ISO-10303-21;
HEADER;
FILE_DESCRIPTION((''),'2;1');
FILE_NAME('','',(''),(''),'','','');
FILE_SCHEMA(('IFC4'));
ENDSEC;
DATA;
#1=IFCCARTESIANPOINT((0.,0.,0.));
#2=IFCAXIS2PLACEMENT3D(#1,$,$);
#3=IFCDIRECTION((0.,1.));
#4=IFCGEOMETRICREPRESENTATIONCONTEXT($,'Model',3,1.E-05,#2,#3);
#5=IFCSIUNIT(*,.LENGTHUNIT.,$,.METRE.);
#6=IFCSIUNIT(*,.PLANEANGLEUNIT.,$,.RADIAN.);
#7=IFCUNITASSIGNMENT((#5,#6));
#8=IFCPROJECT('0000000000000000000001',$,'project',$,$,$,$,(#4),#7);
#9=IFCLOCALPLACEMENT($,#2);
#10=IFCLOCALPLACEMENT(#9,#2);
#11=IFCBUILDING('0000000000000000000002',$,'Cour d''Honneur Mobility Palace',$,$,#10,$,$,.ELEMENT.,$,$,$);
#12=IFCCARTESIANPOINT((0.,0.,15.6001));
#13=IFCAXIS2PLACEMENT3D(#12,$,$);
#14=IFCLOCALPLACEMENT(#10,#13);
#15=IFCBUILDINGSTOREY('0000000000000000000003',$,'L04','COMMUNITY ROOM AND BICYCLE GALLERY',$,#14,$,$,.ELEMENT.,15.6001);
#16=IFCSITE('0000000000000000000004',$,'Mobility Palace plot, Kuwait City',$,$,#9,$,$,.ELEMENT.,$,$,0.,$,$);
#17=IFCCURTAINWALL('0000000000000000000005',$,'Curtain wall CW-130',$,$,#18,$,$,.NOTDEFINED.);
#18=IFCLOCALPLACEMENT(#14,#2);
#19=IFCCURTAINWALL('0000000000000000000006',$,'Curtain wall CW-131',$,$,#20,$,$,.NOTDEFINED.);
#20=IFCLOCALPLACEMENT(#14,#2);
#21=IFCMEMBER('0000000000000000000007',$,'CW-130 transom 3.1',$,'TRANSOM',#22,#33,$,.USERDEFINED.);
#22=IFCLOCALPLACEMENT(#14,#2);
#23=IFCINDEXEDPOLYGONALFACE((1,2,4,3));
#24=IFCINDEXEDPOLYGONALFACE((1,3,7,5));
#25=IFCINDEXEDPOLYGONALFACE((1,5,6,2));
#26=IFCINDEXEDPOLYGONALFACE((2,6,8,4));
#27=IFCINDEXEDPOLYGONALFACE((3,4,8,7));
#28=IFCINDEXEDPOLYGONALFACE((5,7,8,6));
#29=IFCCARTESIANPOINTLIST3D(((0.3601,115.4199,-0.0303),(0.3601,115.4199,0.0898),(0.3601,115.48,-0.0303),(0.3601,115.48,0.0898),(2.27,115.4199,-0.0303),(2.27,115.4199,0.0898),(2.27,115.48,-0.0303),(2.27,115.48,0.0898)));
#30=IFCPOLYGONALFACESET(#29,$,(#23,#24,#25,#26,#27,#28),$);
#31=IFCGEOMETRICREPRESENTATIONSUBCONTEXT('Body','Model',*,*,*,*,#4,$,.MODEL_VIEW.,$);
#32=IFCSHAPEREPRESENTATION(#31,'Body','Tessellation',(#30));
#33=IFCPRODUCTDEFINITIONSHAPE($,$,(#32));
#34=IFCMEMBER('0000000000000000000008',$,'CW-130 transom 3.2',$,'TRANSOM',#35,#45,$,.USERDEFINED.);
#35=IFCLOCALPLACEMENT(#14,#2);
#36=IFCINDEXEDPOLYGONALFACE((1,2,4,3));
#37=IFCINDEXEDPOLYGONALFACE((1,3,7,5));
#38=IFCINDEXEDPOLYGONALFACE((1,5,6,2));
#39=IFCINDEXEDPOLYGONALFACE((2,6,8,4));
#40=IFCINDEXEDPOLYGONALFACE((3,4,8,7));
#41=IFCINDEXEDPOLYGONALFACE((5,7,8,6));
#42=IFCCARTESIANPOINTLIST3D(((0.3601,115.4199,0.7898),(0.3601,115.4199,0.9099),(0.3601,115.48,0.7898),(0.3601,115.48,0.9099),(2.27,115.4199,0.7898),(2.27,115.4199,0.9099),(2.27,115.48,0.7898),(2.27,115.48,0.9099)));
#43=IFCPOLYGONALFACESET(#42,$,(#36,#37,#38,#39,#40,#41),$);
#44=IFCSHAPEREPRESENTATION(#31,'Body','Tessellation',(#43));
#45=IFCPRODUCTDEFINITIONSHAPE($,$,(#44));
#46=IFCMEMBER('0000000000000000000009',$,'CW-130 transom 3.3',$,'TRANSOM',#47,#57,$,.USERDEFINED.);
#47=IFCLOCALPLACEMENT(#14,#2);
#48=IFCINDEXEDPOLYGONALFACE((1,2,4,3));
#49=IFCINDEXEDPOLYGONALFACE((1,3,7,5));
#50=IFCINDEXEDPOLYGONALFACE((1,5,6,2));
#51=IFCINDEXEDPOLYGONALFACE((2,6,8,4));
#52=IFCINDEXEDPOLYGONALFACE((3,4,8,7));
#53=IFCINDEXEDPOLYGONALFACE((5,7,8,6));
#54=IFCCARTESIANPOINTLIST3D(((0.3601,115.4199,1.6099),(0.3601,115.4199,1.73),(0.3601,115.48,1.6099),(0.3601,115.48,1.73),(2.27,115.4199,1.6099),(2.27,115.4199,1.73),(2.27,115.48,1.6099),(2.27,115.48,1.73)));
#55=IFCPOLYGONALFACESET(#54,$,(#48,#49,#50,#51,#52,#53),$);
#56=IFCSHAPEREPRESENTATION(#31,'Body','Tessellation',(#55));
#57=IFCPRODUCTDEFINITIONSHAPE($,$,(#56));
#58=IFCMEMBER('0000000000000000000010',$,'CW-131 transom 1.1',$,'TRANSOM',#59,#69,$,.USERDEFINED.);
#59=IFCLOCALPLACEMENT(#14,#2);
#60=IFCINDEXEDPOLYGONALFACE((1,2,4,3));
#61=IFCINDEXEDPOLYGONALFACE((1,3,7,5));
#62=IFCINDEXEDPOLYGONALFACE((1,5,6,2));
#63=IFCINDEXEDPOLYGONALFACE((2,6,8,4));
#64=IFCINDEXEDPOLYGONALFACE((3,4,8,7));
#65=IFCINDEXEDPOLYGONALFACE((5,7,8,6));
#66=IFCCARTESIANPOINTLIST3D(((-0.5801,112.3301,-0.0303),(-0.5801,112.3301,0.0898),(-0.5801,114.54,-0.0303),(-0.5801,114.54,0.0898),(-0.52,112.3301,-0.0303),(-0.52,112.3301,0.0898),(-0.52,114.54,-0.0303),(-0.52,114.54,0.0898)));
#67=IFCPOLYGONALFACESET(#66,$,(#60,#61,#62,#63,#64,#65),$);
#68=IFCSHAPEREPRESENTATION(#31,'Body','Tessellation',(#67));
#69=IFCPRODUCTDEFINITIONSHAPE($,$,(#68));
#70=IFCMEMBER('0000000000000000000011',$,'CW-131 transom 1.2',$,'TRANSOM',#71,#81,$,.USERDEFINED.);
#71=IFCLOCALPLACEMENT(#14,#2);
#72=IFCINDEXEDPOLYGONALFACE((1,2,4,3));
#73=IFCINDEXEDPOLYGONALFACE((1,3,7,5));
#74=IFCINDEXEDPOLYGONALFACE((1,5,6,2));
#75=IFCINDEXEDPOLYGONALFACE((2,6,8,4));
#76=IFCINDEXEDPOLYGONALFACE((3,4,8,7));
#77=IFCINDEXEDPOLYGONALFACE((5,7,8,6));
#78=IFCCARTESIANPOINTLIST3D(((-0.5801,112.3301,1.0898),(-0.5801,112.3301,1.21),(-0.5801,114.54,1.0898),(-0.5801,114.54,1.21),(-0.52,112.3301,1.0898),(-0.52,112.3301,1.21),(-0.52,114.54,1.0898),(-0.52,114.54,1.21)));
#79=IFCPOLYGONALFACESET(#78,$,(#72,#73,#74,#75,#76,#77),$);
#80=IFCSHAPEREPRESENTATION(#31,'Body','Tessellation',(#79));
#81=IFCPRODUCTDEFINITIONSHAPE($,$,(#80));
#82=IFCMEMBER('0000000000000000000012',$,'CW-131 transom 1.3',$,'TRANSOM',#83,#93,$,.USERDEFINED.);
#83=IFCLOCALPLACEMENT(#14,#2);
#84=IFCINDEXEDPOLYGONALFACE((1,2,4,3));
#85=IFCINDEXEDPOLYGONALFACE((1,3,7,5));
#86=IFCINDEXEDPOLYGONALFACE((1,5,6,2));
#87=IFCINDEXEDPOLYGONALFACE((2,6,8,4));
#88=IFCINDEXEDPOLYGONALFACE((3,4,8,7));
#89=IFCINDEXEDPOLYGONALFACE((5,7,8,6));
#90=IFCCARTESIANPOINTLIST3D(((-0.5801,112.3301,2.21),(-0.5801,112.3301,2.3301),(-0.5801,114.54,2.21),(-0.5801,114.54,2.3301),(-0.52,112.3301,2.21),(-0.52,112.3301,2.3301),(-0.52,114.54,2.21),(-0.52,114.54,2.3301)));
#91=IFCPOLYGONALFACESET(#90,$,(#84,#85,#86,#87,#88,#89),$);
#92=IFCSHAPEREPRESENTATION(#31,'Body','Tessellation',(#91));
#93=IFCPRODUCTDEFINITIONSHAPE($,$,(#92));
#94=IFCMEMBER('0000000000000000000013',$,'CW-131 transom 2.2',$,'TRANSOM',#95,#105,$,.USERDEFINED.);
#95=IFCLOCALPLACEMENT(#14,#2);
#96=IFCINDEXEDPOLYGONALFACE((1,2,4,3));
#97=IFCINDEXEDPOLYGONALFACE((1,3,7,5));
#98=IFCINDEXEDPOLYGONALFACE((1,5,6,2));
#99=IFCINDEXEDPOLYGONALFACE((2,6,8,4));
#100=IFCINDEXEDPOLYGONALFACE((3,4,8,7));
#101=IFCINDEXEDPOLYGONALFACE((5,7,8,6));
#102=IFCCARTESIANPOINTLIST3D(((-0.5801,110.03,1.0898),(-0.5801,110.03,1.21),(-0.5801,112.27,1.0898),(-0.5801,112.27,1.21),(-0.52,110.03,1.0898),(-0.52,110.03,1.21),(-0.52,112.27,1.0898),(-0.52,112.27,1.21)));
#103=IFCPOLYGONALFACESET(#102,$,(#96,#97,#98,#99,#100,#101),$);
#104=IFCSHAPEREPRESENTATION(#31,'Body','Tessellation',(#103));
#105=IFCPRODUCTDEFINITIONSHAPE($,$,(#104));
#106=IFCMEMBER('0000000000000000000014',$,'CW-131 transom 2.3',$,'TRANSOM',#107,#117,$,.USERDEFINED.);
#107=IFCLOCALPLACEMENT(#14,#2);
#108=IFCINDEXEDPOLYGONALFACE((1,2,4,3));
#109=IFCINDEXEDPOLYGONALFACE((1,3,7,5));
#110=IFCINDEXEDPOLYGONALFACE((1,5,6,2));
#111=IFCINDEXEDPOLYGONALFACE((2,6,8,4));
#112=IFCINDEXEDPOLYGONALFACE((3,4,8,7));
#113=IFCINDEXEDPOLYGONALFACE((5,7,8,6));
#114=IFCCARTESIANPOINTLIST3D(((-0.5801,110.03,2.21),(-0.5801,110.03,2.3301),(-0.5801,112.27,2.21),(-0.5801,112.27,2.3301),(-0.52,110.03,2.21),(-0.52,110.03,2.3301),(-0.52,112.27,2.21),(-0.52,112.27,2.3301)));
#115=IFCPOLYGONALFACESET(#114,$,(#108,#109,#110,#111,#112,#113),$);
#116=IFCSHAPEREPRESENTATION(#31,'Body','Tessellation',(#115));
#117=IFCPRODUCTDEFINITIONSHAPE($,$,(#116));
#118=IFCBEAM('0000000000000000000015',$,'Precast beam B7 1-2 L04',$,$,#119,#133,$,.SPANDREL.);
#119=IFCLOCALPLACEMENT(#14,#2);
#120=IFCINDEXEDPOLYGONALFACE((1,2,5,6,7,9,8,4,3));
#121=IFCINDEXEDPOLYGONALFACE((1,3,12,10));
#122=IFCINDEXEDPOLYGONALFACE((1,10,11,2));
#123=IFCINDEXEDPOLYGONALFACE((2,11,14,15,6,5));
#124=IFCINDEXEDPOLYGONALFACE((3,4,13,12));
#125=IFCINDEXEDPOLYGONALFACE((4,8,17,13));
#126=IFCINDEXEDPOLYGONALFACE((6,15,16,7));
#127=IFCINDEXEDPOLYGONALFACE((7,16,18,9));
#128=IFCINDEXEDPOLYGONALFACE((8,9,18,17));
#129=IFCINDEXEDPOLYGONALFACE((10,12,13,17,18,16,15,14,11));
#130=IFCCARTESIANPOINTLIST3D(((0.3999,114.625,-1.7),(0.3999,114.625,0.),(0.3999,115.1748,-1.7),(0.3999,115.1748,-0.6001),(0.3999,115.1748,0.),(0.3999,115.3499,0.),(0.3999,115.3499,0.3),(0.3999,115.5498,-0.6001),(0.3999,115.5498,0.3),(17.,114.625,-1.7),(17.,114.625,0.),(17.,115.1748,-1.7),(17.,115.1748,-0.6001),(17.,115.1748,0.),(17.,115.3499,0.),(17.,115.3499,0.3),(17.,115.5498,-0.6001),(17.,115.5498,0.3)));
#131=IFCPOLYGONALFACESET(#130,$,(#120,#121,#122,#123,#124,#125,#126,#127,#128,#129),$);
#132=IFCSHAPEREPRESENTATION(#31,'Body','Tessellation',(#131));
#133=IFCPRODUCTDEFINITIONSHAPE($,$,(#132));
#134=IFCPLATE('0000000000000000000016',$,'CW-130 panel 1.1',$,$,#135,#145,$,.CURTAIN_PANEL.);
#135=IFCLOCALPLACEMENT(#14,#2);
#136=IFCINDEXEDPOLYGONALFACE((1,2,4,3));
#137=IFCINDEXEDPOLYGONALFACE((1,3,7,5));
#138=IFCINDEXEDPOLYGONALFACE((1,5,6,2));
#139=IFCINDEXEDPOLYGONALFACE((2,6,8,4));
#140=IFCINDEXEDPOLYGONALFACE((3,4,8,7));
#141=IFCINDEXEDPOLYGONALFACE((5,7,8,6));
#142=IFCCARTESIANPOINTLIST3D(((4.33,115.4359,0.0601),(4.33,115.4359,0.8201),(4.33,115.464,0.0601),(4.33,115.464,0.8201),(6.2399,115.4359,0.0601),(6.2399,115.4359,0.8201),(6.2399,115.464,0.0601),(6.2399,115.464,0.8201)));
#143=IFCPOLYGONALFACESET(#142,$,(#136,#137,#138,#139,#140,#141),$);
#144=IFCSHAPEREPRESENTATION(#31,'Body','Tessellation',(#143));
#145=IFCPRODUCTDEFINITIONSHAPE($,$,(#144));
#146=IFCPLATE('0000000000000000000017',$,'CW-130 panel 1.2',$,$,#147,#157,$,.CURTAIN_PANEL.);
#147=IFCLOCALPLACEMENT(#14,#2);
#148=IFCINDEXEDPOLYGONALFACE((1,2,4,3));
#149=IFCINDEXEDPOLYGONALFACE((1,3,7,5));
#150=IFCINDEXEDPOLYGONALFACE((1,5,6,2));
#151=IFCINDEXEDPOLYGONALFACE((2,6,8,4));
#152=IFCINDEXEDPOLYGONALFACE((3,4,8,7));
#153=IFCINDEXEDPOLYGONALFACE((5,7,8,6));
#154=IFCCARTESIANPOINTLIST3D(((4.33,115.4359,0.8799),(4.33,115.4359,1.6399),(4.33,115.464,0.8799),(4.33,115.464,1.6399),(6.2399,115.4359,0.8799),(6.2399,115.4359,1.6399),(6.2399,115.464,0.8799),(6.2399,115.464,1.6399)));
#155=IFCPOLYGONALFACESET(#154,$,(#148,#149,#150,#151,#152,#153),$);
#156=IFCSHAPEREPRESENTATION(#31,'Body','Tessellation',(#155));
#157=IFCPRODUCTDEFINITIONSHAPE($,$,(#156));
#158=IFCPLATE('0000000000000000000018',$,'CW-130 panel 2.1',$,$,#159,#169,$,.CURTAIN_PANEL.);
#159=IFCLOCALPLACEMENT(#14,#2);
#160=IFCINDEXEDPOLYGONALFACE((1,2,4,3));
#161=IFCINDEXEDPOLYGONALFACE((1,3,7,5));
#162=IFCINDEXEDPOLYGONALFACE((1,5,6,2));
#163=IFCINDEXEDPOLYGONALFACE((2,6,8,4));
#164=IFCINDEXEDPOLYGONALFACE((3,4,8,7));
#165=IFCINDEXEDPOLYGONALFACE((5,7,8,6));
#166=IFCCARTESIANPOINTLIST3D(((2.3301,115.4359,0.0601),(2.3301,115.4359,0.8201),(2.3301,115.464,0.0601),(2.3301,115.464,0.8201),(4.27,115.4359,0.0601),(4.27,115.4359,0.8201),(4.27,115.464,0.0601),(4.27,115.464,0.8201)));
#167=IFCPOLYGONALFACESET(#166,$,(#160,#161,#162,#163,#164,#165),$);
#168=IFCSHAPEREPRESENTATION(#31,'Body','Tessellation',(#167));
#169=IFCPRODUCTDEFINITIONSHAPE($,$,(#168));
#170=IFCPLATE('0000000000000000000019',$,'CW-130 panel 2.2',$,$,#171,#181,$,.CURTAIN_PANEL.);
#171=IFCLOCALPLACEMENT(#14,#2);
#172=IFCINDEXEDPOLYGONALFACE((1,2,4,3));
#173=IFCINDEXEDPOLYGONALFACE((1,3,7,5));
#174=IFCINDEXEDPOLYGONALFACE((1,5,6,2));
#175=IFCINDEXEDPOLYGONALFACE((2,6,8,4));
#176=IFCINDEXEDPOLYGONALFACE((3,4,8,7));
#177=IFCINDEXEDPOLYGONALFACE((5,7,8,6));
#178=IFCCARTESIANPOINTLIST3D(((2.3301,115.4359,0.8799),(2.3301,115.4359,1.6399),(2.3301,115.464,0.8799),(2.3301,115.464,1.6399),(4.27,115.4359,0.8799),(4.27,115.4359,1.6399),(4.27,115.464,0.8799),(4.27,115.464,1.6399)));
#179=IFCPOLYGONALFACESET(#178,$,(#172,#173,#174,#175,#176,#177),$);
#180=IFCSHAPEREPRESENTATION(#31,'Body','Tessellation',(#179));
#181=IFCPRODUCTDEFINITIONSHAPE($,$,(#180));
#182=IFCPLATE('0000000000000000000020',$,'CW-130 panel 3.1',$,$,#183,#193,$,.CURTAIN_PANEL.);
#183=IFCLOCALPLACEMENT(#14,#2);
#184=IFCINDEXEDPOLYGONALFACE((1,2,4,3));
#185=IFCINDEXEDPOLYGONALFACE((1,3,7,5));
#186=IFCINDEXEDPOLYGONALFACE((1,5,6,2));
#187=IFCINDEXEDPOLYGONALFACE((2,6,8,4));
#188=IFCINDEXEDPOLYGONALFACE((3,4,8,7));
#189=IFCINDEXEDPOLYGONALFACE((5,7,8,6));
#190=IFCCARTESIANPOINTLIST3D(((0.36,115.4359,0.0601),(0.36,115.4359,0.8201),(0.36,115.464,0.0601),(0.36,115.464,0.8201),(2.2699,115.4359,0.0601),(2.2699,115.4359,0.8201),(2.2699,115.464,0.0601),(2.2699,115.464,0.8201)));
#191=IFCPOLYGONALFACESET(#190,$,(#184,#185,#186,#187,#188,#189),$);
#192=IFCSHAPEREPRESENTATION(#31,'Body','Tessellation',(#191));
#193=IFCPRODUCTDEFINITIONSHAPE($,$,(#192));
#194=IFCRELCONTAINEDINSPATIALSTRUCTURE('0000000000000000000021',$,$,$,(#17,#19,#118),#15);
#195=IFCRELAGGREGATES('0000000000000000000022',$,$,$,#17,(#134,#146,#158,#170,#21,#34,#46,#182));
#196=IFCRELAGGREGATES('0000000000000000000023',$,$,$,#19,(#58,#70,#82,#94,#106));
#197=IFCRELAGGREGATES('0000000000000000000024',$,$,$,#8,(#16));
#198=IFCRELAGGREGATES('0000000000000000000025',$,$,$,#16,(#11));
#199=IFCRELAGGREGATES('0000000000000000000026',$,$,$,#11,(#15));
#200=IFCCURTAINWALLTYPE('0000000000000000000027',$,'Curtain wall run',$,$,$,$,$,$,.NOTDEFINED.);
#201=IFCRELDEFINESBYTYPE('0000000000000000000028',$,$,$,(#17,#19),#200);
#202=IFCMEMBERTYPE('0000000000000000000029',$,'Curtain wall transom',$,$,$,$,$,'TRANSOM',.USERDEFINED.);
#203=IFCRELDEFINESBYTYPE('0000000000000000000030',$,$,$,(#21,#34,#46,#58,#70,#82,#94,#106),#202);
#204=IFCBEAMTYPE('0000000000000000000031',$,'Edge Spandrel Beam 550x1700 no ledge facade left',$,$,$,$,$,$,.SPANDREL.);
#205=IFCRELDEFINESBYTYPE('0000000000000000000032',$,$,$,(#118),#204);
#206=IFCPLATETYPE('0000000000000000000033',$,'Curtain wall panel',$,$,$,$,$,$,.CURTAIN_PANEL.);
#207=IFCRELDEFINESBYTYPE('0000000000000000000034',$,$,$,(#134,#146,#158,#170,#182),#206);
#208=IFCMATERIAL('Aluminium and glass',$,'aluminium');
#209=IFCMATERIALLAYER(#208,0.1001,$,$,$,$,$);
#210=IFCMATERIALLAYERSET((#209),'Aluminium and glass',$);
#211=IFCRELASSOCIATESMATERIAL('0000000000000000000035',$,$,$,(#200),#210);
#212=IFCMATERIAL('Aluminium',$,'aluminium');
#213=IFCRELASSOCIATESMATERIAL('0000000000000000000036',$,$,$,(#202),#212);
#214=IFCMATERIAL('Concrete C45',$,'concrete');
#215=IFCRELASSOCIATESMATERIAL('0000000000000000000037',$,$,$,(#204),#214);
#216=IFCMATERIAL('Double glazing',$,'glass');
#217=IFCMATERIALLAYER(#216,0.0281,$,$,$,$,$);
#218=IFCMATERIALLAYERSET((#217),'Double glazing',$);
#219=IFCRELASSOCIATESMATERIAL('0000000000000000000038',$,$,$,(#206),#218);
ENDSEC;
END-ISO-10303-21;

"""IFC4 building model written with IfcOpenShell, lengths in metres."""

from ifc_helpers import new_model, si_unit, direction, frame, origin, origin_2d, place, context, subcontext, project, spatial, polyline, rectangle, outline, extrude, material, layer, layer_set, material_profile, profile_set, type_object, element, aggregate, save


model = new_model("IFC4")

# Units and contexts
model_context = context("Model", 3, precision=1e-05, world=origin(), true_north=direction((0.0, 1.0)))
body_context = subcontext(model_context, "Body", "Model", "MODEL_VIEW")
ifc_project = project(units=[si_unit("LENGTHUNIT", "METRE"), si_unit("PLANEANGLEUNIT", "RADIAN")], contexts=[model_context])

# Site, building, storey
site_placement = place(None, origin())
site = spatial("IfcSite", under=ifc_project, at=site_placement, Name="Mobility Palace plot, Kuwait City", CompositionType="ELEMENT", RefElevation=0.0)
building_placement = place(site_placement, origin())
building = spatial("IfcBuilding", under=site, at=building_placement, Name="Cour d'Honneur Mobility Palace", CompositionType="ELEMENT")
storey_placement = place(building_placement, frame((0.0, 0.0, 15.6001)))
storey = spatial("IfcBuildingStorey", under=building, at=storey_placement, Name="L04", Description="COMMUNITY ROOM AND BICYCLE GALLERY", CompositionType="ELEMENT", Elevation=15.6001)

# Curtain walls
ifc_material_1 = material(Name="Aluminium and glass", Category="aluminium")
ifc_layer_1 = layer(ifc_material_1, 0.1001)
ifc_layer_set_1 = layer_set([ifc_layer_1], Name="Aluminium and glass")
curtain_wall_type = type_object("IfcCurtainWallType", Name="Curtain wall run", PredefinedType="NOTDEFINED", material=ifc_layer_set_1)
curtain_wall_1_placement = place(storey_placement, origin())
curtain_wall_1 = element("IfcCurtainWall", 1, at=curtain_wall_1_placement, inside=storey, type_object=curtain_wall_type, Name="Curtain wall CW-130", PredefinedType="NOTDEFINED")
curtain_wall_2_placement = place(storey_placement, origin())
curtain_wall_2 = element("IfcCurtainWall", 2, at=curtain_wall_2_placement, inside=storey, type_object=curtain_wall_type, Name="Curtain wall CW-131", PredefinedType="NOTDEFINED")

# Members
ifc_material_2 = material(Name="Aluminium", Category="aluminium")
ifc_material_profile_1 = material_profile(ifc_material_2, rectangle(XDim=0.0601, YDim=0.1201, at=origin_2d()), Name="Curtain wall transom")
ifc_profile_set_1 = profile_set([ifc_material_profile_1], Name="Aluminium")
member_type_1 = type_object("IfcMemberType", Name="Curtain wall transom", ElementType="TRANSOM", PredefinedType="USERDEFINED", material=ifc_profile_set_1)
member_1_placement = place(storey_placement, frame((2.27, 115.45, 0.0298), z_axis=(-1.0, 0.0, 0.0), x_axis=(0.0, -1.0, 0.0)))
member_1 = element("IfcMember", 3, at=member_1_placement, type_object=member_type_1, Name="CW-130 transom 3.1", ObjectType="TRANSOM", PredefinedType="USERDEFINED", context=body_context, shape_type="SweptSolid", body=[
    extrude(rectangle(XDim=0.0601, YDim=0.1201, at=origin_2d()), origin(), (0.0, 0.0, 1.0), 1.9099),
])
member_2_placement = place(storey_placement, frame((2.27, 115.45, 0.8499), z_axis=(-1.0, 0.0, 0.0), x_axis=(0.0, -1.0, 0.0)))
member_2 = element("IfcMember", 4, at=member_2_placement, type_object=member_type_1, Name="CW-130 transom 3.2", ObjectType="TRANSOM", PredefinedType="USERDEFINED", context=body_context, shape_type="SweptSolid", body=[
    extrude(rectangle(XDim=0.0601, YDim=0.1201, at=origin_2d()), origin(), (0.0, 0.0, 1.0), 1.9099),
])
member_3_placement = place(storey_placement, frame((2.27, 115.45, 1.6699), z_axis=(-1.0, 0.0, 0.0), x_axis=(0.0, -1.0, 0.0)))
member_3 = element("IfcMember", 5, at=member_3_placement, type_object=member_type_1, Name="CW-130 transom 3.3", ObjectType="TRANSOM", PredefinedType="USERDEFINED", context=body_context, shape_type="SweptSolid", body=[
    extrude(rectangle(XDim=0.0601, YDim=0.1201, at=origin_2d()), origin(), (0.0, 0.0, 1.0), 1.9099),
])
member_4_placement = place(storey_placement, frame((-0.55, 114.54, 0.0298), z_axis=(0.0, -1.0, 0.0), x_axis=(1.0, 0.0, 0.0)))
member_4 = element("IfcMember", 6, at=member_4_placement, type_object=member_type_1, Name="CW-131 transom 1.1", ObjectType="TRANSOM", PredefinedType="USERDEFINED", context=body_context, shape_type="SweptSolid", body=[
    extrude(rectangle(XDim=0.0601, YDim=0.1201, at=origin_2d()), origin(), (0.0, 0.0, 1.0), 2.21),
])
member_5_placement = place(storey_placement, frame((-0.55, 114.54, 1.1499), z_axis=(0.0, -1.0, 0.0), x_axis=(1.0, 0.0, 0.0)))
member_5 = element("IfcMember", 7, at=member_5_placement, type_object=member_type_1, Name="CW-131 transom 1.2", ObjectType="TRANSOM", PredefinedType="USERDEFINED", context=body_context, shape_type="SweptSolid", body=[
    extrude(rectangle(XDim=0.0601, YDim=0.1201, at=origin_2d()), origin(), (0.0, 0.0, 1.0), 2.21),
])
member_6_placement = place(storey_placement, frame((-0.55, 114.54, 2.27), z_axis=(0.0, -1.0, 0.0), x_axis=(1.0, 0.0, 0.0)))
member_6 = element("IfcMember", 8, at=member_6_placement, type_object=member_type_1, Name="CW-131 transom 1.3", ObjectType="TRANSOM", PredefinedType="USERDEFINED", context=body_context, shape_type="SweptSolid", body=[
    extrude(rectangle(XDim=0.0601, YDim=0.1201, at=origin_2d()), origin(), (0.0, 0.0, 1.0), 2.21),
])
member_7_placement = place(storey_placement, frame((-0.55, 112.27, 1.1499), z_axis=(0.0, -1.0, 0.0), x_axis=(1.0, 0.0, 0.0)))
member_7 = element("IfcMember", 9, at=member_7_placement, type_object=member_type_1, Name="CW-131 transom 2.2", ObjectType="TRANSOM", PredefinedType="USERDEFINED", context=body_context, shape_type="SweptSolid", body=[
    extrude(rectangle(XDim=0.0601, YDim=0.1201, at=origin_2d()), origin(), (0.0, 0.0, 1.0), 2.24),
])
member_8_placement = place(storey_placement, frame((-0.55, 112.27, 2.27), z_axis=(0.0, -1.0, 0.0), x_axis=(1.0, 0.0, 0.0)))
member_8 = element("IfcMember", 10, at=member_8_placement, type_object=member_type_1, Name="CW-131 transom 2.3", ObjectType="TRANSOM", PredefinedType="USERDEFINED", context=body_context, shape_type="SweptSolid", body=[
    extrude(rectangle(XDim=0.0601, YDim=0.1201, at=origin_2d()), origin(), (0.0, 0.0, 1.0), 2.24),
])

# Beam
ifc_material_3 = material(Name="Concrete C45", Category="concrete")
ifc_material_profile_2 = material_profile(ifc_material_3, outline(polyline([(0.2749, -1.7), (0.2749, -0.6001), (0.6499, -0.6001), (0.6499, 0.3), (0.45, 0.3), (0.45, 0.0), (0.2749, 0.0), (-0.2749, 0.0), (-0.2749, -1.7), (0.2749, -1.7)])), Name="Edge Spandrel Beam 550x1700 no ledge facade left")
ifc_profile_set_2 = profile_set([ifc_material_profile_2], Name="Concrete C45")
beam_type = type_object("IfcBeamType", Name="Edge Spandrel Beam 550x1700 no ledge facade left", PredefinedType="SPANDREL", material=ifc_profile_set_2)
beam_placement = place(storey_placement, frame((0.3999, 114.8999, 0.0), z_axis=(1.0, 0.0, 0.0), x_axis=(0.0, 1.0, 0.0)))
element("IfcBeam", 11, at=beam_placement, inside=storey, type_object=beam_type, Name="Precast beam B7 1-2 L04", PredefinedType="SPANDREL", context=body_context, shape_type="SweptSolid", body=[
    extrude(outline(polyline([(0.2749, -1.7), (0.2749, -0.6001), (0.6499, -0.6001), (0.6499, 0.3), (0.45, 0.3), (0.45, 0.0), (0.2749, 0.0), (-0.2749, 0.0), (-0.2749, -1.7), (0.2749, -1.7)])), origin(), (0.0, 0.0, 1.0), 16.6001),
])

# Plates
ifc_material_4 = material(Name="Double glazing", Category="glass")
ifc_layer_2 = layer(ifc_material_4, 0.0281)
ifc_layer_set_2 = layer_set([ifc_layer_2], Name="Double glazing")
plate_type = type_object("IfcPlateType", Name="Curtain wall panel", PredefinedType="CURTAIN_PANEL", material=ifc_layer_set_2)
plate_1_placement = place(storey_placement, frame((5.2849, 115.45, 0.0601), z_axis=(0.0, 0.0, 1.0), x_axis=(-1.0, 0.0, 0.0)))
plate_1 = element("IfcPlate", 12, at=plate_1_placement, type_object=plate_type, Name="CW-130 panel 1.1", PredefinedType="CURTAIN_PANEL", context=body_context, shape_type="SweptSolid", body=[
    extrude(rectangle(XDim=1.9099, YDim=0.0281, at=origin_2d()), origin(), (0.0, 0.0, 1.0), 0.76),
])
plate_2_placement = place(storey_placement, frame((5.2849, 115.45, 0.8799), z_axis=(0.0, 0.0, 1.0), x_axis=(-1.0, 0.0, 0.0)))
plate_2 = element("IfcPlate", 13, at=plate_2_placement, type_object=plate_type, Name="CW-130 panel 1.2", PredefinedType="CURTAIN_PANEL", context=body_context, shape_type="SweptSolid", body=[
    extrude(rectangle(XDim=1.9099, YDim=0.0281, at=origin_2d()), origin(), (0.0, 0.0, 1.0), 0.76),
])
plate_3_placement = place(storey_placement, frame((3.3, 115.45, 0.0601), z_axis=(0.0, 0.0, 1.0), x_axis=(-1.0, 0.0, 0.0)))
plate_3 = element("IfcPlate", 14, at=plate_3_placement, type_object=plate_type, Name="CW-130 panel 2.1", PredefinedType="CURTAIN_PANEL", context=body_context, shape_type="SweptSolid", body=[
    extrude(rectangle(XDim=1.9399, YDim=0.0281, at=origin_2d()), origin(), (0.0, 0.0, 1.0), 0.76),
])
plate_4_placement = place(storey_placement, frame((3.3, 115.45, 0.8799), z_axis=(0.0, 0.0, 1.0), x_axis=(-1.0, 0.0, 0.0)))
plate_4 = element("IfcPlate", 15, at=plate_4_placement, type_object=plate_type, Name="CW-130 panel 2.2", PredefinedType="CURTAIN_PANEL", context=body_context, shape_type="SweptSolid", body=[
    extrude(rectangle(XDim=1.9399, YDim=0.0281, at=origin_2d()), origin(), (0.0, 0.0, 1.0), 0.76),
])
plate_5_placement = place(storey_placement, frame((1.3149, 115.45, 0.0601), z_axis=(0.0, 0.0, 1.0), x_axis=(-1.0, 0.0, 0.0)))
plate_5 = element("IfcPlate", 16, at=plate_5_placement, type_object=plate_type, Name="CW-130 panel 3.1", PredefinedType="CURTAIN_PANEL", context=body_context, shape_type="SweptSolid", body=[
    extrude(rectangle(XDim=1.9099, YDim=0.0281, at=origin_2d()), origin(), (0.0, 0.0, 1.0), 0.76),
])
aggregate(curtain_wall_1, [plate_1, plate_2, plate_3, plate_4, member_1, member_2, member_3, plate_5])
aggregate(curtain_wall_2, [member_4, member_5, member_6, member_7, member_8])

save(model, "model.ifc")
